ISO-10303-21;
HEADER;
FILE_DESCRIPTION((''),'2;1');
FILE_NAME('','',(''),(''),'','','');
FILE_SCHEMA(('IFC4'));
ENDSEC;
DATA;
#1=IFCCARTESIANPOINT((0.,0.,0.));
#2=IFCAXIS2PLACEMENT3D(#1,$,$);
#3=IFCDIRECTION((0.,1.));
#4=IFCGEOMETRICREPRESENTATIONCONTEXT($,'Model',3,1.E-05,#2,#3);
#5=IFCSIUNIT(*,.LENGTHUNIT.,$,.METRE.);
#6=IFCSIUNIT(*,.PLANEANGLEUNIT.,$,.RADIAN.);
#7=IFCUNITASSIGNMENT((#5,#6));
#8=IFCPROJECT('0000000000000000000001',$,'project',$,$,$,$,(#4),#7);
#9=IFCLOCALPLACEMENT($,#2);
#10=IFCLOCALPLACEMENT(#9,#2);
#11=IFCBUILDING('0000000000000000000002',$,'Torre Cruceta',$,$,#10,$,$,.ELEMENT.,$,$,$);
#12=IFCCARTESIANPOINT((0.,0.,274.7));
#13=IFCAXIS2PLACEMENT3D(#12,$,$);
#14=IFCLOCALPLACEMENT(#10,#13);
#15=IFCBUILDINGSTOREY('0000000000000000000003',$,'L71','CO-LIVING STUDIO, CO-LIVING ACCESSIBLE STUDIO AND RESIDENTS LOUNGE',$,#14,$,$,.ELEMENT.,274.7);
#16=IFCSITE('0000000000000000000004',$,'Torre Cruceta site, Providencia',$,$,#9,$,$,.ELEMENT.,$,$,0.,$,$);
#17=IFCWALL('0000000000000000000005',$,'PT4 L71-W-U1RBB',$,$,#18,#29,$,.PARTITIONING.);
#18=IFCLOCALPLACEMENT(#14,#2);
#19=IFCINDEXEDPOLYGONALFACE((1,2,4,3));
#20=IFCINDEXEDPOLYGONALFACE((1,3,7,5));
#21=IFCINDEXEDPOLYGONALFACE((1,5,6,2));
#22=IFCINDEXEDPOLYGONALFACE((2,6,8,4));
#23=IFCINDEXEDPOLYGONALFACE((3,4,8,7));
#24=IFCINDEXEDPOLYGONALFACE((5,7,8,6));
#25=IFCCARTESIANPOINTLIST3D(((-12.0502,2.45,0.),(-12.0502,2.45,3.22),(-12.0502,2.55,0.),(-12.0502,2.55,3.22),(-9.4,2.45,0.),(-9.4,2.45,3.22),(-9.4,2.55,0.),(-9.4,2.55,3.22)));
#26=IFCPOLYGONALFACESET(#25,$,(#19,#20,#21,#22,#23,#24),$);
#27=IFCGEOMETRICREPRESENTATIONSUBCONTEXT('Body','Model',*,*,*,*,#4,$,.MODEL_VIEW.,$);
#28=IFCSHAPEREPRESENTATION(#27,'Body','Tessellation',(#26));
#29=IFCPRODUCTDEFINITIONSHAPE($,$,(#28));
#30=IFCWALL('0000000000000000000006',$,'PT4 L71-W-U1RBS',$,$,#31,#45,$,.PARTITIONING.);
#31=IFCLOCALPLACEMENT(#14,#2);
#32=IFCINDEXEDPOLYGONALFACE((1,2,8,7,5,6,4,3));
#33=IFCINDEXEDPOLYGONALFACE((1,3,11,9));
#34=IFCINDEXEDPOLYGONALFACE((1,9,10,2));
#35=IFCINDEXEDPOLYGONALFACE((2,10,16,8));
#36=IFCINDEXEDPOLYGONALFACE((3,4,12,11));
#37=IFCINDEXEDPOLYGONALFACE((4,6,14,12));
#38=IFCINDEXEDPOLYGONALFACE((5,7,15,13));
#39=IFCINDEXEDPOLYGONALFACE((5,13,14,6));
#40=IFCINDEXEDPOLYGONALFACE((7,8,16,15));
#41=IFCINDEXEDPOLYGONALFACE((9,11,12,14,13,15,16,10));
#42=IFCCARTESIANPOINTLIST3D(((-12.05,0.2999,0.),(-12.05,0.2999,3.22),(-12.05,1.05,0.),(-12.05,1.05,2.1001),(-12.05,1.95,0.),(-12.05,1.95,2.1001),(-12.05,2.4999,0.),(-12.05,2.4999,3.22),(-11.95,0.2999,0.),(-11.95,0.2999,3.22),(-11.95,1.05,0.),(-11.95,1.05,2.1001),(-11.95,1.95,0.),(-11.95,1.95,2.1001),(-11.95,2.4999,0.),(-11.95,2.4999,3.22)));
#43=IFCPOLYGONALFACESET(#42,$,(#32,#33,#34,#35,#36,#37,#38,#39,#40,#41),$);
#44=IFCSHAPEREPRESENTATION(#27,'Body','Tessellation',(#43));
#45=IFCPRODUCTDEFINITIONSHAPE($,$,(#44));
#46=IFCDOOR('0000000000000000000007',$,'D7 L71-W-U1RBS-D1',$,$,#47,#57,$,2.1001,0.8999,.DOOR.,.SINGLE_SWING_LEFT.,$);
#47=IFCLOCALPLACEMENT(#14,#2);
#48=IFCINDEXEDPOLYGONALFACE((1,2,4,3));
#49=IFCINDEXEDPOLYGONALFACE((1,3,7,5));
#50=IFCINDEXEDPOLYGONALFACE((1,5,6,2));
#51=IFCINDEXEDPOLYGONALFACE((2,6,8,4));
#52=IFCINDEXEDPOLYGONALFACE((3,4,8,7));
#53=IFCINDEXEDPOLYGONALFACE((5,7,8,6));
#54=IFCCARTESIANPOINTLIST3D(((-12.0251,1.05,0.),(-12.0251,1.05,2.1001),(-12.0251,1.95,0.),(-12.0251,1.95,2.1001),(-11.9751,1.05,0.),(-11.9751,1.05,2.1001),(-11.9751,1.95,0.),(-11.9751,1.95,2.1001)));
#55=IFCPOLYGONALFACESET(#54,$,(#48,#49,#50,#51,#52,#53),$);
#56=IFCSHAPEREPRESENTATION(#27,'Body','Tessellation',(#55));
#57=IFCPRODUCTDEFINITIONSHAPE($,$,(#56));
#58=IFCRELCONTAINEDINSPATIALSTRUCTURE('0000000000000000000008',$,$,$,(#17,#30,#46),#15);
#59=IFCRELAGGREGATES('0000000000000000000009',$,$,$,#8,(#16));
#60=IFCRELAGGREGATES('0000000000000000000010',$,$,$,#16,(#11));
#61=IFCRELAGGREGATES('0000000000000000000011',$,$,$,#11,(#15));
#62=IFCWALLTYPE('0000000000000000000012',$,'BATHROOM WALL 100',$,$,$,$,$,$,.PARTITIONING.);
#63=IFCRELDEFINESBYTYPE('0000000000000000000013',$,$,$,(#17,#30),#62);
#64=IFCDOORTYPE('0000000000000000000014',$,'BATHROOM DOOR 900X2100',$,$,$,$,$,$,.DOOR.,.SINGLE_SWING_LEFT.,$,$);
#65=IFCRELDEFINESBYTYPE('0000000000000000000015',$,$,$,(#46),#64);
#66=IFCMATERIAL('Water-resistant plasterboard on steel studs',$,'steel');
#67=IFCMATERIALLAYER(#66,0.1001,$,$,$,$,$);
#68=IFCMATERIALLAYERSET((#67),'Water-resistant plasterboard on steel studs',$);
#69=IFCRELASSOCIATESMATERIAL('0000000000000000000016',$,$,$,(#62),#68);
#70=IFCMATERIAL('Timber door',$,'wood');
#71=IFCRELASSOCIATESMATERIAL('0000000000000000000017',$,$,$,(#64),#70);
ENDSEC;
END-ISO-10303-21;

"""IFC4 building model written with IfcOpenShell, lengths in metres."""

from ifc_helpers import new_model, si_unit, direction, frame, frame_2d, origin, place, context, subcontext, project, spatial, rectangle, extrude, material, layer, layer_set, type_object, element, fill, save


model = new_model("IFC4")

# Units and contexts
model_context = context("Model", 3, precision=1e-05, world=origin(), true_north=direction((0.0, 1.0)))
body_context = subcontext(model_context, "Body", "Model", "MODEL_VIEW")
ifc_project = project(units=[si_unit("LENGTHUNIT", "METRE"), si_unit("PLANEANGLEUNIT", "RADIAN")], contexts=[model_context])

# Site, building, storey
site_placement = place(None, origin())
site = spatial("IfcSite", under=ifc_project, at=site_placement, Name="Torre Cruceta site, Providencia", CompositionType="ELEMENT", RefElevation=0.0)
building_placement = place(site_placement, origin())
building = spatial("IfcBuilding", under=site, at=building_placement, Name="Torre Cruceta", CompositionType="ELEMENT")
storey_placement = place(building_placement, frame((0.0, 0.0, 274.7)))
storey = spatial("IfcBuildingStorey", under=building, at=storey_placement, Name="L71", Description="CO-LIVING STUDIO, CO-LIVING ACCESSIBLE STUDIO AND RESIDENTS LOUNGE", CompositionType="ELEMENT", Elevation=274.7)

# Wall
ifc_material_1 = material(Name="Water-resistant plasterboard on steel studs", Category="steel")
ifc_layer_1 = layer(ifc_material_1, 0.1001)
ifc_layer_set_1 = layer_set([ifc_layer_1], Name="Water-resistant plasterboard on steel studs")
wall_type_1 = type_object("IfcWallType", Name="BATHROOM WALL 100", PredefinedType="PARTITIONING", material=ifc_layer_set_1)
wall_1_placement = place(storey_placement, frame((-9.3999, 2.5, 0.0), z_axis=(0.0, 0.0, 1.0), x_axis=(-1.0, 0.0, 0.0)))
element("IfcWall", 1, at=wall_1_placement, inside=storey, type_object=wall_type_1, Name="PT4 L71-W-U1RBB", PredefinedType="PARTITIONING", context=body_context, shape_type="SweptSolid", body=[
    extrude(rectangle(XDim=2.6501, YDim=0.1001, at=frame_2d((1.3252, 0.0))), origin(), (0.0, 0.0, 1.0), 3.22),
])

# Wall, opening, door
wall_2_placement = place(storey_placement, frame((-12.0, 2.5, 0.0), z_axis=(0.0, 0.0, 1.0), x_axis=(0.0, -1.0, 0.0)))
wall_2 = element("IfcWall", 2, at=wall_2_placement, inside=storey, type_object=wall_type_1, Name="PT4 L71-W-U1RBS", PredefinedType="PARTITIONING", context=body_context, shape_type="SweptSolid", body=[
    extrude(rectangle(XDim=2.2, YDim=0.1001, at=frame_2d((1.1001, 0.0))), origin(), (0.0, 0.0, 1.0), 3.22),
])
opening_1_placement = place(wall_2_placement, frame((0.55, 0.0, 0.0)))
opening_1 = element("IfcOpeningElement", 3, at=opening_1_placement, cuts=wall_2, PredefinedType="OPENING", context=body_context, shape_type="SweptSolid", body=[
    extrude(rectangle(XDim=0.8999, YDim=2.1001, at=frame_2d((0.45, 1.05))), frame((0.0, 0.0601, 0.0), z_axis=(0.0, -1.0, 0.0), x_axis=(1.0, 0.0, 0.0)), (0.0, 0.0, 1.0), 0.1201),
])
ifc_material_2 = material(Name="Timber door", Category="wood")
door_type_1 = type_object("IfcDoorType", Name="BATHROOM DOOR 900X2100", OperationType="SINGLE_SWING_LEFT", PredefinedType="DOOR", material=ifc_material_2)
door_1_placement = place(opening_1_placement, origin())
door_1 = element("IfcDoor", 4, at=door_1_placement, inside=storey, type_object=door_type_1, Name="D7 L71-W-U1RBS-D1", OperationType="SINGLE_SWING_LEFT", OverallHeight=2.1001, OverallWidth=0.8999, PredefinedType="DOOR", context=body_context, shape_type="SweptSolid", body=[
    extrude(rectangle(XDim=0.8999, YDim=2.1001, at=frame_2d((0.45, 1.05))), frame((0.0, 0.0249, 0.0), z_axis=(0.0, -1.0, 0.0), x_axis=(1.0, 0.0, 0.0)), (0.0, 0.0, 1.0), 0.05),
])
fill(opening_1, door_1)

save(model, "model.ifc")
